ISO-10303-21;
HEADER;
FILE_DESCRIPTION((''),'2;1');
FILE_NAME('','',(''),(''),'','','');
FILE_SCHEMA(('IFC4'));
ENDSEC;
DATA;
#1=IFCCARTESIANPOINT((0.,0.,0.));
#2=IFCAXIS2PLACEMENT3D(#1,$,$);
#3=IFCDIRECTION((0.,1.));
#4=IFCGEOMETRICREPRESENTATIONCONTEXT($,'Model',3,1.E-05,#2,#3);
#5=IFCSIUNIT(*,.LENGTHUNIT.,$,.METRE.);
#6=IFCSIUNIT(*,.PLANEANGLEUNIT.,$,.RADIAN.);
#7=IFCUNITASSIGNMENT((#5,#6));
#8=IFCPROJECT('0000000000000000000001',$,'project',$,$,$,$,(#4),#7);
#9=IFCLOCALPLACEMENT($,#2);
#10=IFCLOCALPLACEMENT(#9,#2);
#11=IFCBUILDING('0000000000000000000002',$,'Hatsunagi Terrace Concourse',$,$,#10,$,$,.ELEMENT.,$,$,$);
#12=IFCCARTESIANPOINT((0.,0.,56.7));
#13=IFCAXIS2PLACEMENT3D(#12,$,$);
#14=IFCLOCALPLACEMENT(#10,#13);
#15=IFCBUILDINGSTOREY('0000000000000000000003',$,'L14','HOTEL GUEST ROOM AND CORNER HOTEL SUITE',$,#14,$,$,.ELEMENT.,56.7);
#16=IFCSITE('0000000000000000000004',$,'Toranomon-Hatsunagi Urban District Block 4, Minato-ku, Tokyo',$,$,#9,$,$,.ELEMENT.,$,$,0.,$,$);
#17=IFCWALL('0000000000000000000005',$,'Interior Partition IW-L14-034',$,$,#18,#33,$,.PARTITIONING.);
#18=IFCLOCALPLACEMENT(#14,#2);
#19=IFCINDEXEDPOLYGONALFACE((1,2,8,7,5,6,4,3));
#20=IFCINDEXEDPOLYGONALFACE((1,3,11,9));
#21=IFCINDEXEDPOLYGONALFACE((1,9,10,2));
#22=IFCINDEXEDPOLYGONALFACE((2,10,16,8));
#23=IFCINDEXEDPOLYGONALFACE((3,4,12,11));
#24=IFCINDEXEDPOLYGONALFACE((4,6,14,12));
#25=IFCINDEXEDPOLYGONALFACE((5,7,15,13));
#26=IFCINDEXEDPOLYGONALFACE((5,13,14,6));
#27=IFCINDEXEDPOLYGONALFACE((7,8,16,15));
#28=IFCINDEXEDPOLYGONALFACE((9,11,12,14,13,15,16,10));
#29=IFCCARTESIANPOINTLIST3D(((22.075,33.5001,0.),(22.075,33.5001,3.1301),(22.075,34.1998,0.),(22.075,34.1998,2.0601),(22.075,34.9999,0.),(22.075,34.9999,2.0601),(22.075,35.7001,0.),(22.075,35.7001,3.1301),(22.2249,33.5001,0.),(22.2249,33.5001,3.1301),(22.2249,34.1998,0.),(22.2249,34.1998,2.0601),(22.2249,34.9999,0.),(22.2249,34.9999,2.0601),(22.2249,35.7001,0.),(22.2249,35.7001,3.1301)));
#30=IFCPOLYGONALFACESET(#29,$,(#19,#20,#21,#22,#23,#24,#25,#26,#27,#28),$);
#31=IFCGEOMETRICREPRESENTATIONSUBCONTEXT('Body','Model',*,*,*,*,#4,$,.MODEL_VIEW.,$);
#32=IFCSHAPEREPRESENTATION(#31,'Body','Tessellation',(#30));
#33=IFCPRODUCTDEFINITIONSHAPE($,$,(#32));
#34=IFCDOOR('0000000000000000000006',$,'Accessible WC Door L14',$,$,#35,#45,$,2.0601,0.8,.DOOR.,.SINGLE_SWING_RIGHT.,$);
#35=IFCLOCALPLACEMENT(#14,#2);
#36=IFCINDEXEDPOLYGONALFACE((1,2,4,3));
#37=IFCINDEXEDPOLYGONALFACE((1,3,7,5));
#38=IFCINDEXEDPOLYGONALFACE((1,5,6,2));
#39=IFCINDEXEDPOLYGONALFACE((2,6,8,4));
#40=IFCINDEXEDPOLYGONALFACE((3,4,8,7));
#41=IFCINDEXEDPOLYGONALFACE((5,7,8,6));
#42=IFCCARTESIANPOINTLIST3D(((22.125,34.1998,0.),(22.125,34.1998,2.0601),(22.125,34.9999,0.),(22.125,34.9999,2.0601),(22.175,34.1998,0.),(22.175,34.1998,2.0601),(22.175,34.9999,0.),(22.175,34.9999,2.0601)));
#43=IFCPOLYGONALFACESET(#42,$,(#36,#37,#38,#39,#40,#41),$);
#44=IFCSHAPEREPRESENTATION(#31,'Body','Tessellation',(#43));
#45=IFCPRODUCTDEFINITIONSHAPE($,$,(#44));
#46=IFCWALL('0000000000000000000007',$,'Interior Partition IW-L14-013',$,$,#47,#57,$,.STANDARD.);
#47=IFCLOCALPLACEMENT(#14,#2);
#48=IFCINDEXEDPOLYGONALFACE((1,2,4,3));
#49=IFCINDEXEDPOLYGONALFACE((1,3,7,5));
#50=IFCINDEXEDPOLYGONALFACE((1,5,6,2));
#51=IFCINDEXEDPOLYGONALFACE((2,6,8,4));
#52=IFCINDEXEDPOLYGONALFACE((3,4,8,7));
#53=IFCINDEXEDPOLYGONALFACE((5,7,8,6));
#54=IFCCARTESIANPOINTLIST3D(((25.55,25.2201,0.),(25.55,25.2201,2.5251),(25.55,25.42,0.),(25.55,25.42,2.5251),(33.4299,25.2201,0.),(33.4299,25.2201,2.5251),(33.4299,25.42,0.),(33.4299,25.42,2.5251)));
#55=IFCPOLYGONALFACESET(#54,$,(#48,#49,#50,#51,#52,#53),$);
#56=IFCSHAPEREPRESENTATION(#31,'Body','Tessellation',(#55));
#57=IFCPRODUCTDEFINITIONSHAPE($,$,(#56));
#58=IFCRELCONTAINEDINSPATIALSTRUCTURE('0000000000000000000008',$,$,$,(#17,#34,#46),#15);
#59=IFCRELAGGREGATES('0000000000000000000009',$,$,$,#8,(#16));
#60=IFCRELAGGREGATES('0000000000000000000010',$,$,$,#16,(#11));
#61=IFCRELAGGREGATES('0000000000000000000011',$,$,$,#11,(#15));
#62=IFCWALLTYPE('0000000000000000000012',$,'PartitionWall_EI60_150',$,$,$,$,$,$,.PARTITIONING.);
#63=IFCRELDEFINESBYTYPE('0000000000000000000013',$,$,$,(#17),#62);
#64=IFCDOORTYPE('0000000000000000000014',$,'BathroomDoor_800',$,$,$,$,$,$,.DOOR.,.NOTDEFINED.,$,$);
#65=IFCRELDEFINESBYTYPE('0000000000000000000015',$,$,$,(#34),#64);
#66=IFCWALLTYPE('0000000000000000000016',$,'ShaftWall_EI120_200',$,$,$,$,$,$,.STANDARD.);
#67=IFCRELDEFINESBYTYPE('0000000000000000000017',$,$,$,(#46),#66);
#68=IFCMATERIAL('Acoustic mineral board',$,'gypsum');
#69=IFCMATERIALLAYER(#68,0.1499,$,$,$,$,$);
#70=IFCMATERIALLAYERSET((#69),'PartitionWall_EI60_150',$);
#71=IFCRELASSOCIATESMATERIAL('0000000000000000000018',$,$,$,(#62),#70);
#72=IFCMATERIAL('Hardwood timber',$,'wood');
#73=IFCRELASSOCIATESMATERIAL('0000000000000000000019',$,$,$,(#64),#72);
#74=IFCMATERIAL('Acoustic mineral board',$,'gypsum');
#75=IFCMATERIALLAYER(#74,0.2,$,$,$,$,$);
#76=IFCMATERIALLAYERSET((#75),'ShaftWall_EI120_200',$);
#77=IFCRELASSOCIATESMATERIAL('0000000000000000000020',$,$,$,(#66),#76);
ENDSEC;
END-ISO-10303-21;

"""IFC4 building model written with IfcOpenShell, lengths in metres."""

from ifc_helpers import new_model, si_unit, direction, frame, frame_2d, origin, place, context, subcontext, project, spatial, rectangle, extrude, material, layer, layer_set, type_object, element, fill, save


model = new_model("IFC4")

# Units and contexts
model_context = context("Model", 3, precision=1e-05, world=origin(), true_north=direction((0.0, 1.0)))
body_context = subcontext(model_context, "Body", "Model", "MODEL_VIEW")
ifc_project = project(units=[si_unit("LENGTHUNIT", "METRE"), si_unit("PLANEANGLEUNIT", "RADIAN")], contexts=[model_context])

# Site, building, storey
site_placement = place(None, origin())
site = spatial("IfcSite", under=ifc_project, at=site_placement, Name="Toranomon-Hatsunagi Urban District Block 4, Minato-ku, Tokyo", CompositionType="ELEMENT", RefElevation=0.0)
building_placement = place(site_placement, origin())
building = spatial("IfcBuilding", under=site, at=building_placement, Name="Hatsunagi Terrace Concourse", CompositionType="ELEMENT")
storey_placement = place(building_placement, frame((0.0, 0.0, 56.7)))
storey = spatial("IfcBuildingStorey", under=building, at=storey_placement, Name="L14", Description="HOTEL GUEST ROOM AND CORNER HOTEL SUITE", CompositionType="ELEMENT", Elevation=56.7)

# Shared definitions
ifc_material_1 = material(Name="Acoustic mineral board", Category="gypsum")
ifc_layer_1 = layer(ifc_material_1, 0.1499)
ifc_layer_set_1 = layer_set([ifc_layer_1], Name="PartitionWall_EI60_150")
wall_type_1 = type_object("IfcWallType", Name="PartitionWall_EI60_150", PredefinedType="PARTITIONING", material=ifc_layer_set_1)

# Wall, opening, door
wall_1_placement = place(storey_placement, frame((22.1499, 33.5, 0.0), z_axis=(0.0, 0.0, 1.0), x_axis=(0.0, 1.0, 0.0)))
wall_1 = element("IfcWall", 1, at=wall_1_placement, inside=storey, type_object=wall_type_1, Name="Interior Partition IW-L14-034", PredefinedType="PARTITIONING", context=body_context, shape_type="SweptSolid", body=[
    extrude(rectangle(XDim=2.2, YDim=0.1499, at=frame_2d((1.1001, 0.0))), origin(), (0.0, 0.0, 1.0), 3.1301),
])
opening_1_placement = place(wall_1_placement, frame((0.7, 0.0, 0.0)))
opening_1 = element("IfcOpeningElement", 2, at=opening_1_placement, cuts=wall_1, PredefinedType="OPENING", context=body_context, shape_type="SweptSolid", body=[
    extrude(rectangle(XDim=0.8, YDim=2.0601, at=frame_2d((0.3999, 1.03))), frame((0.0, 0.085, 0.0), z_axis=(0.0, -1.0, 0.0), x_axis=(1.0, 0.0, 0.0)), (0.0, 0.0, 1.0), 0.1699),
])
ifc_material_2 = material(Name="Hardwood timber", Category="wood")
door_type_1 = type_object("IfcDoorType", Name="BathroomDoor_800", OperationType="NOTDEFINED", PredefinedType="DOOR", material=ifc_material_2)
door_1_placement = place(opening_1_placement, origin())
door_1 = element("IfcDoor", 3, at=door_1_placement, inside=storey, type_object=door_type_1, Name="Accessible WC Door L14", OperationType="SINGLE_SWING_RIGHT", OverallHeight=2.0601, OverallWidth=0.8, PredefinedType="DOOR", context=body_context, shape_type="SweptSolid", body=[
    extrude(rectangle(XDim=0.8, YDim=2.0601, at=frame_2d((0.3999, 1.03))), frame((0.0, 0.0249, 0.0), z_axis=(0.0, -1.0, 0.0), x_axis=(1.0, 0.0, 0.0)), (0.0, 0.0, 1.0), 0.05),
])
fill(opening_1, door_1)

# Wall
ifc_material_3 = material(Name="Acoustic mineral board", Category="gypsum")
ifc_layer_2 = layer(ifc_material_3, 0.2)
ifc_layer_set_2 = layer_set([ifc_layer_2], Name="ShaftWall_EI120_200")
wall_type_2 = type_object("IfcWallType", Name="ShaftWall_EI120_200", PredefinedType="STANDARD", material=ifc_layer_set_2)
wall_2_placement = place(storey_placement, frame((25.55, 25.3201, 0.0), z_axis=(0.0, 0.0, 1.0), x_axis=(1.0, 0.0, 0.0)))
element("IfcWall", 4, at=wall_2_placement, inside=storey, type_object=wall_type_2, Name="Interior Partition IW-L14-013", PredefinedType="STANDARD", context=body_context, shape_type="SweptSolid", body=[
    extrude(rectangle(XDim=7.8799, YDim=0.2, at=frame_2d((3.9399, 0.0))), origin(), (0.0, 0.0, 1.0), 2.5251),
])

save(model, "model.ifc")
